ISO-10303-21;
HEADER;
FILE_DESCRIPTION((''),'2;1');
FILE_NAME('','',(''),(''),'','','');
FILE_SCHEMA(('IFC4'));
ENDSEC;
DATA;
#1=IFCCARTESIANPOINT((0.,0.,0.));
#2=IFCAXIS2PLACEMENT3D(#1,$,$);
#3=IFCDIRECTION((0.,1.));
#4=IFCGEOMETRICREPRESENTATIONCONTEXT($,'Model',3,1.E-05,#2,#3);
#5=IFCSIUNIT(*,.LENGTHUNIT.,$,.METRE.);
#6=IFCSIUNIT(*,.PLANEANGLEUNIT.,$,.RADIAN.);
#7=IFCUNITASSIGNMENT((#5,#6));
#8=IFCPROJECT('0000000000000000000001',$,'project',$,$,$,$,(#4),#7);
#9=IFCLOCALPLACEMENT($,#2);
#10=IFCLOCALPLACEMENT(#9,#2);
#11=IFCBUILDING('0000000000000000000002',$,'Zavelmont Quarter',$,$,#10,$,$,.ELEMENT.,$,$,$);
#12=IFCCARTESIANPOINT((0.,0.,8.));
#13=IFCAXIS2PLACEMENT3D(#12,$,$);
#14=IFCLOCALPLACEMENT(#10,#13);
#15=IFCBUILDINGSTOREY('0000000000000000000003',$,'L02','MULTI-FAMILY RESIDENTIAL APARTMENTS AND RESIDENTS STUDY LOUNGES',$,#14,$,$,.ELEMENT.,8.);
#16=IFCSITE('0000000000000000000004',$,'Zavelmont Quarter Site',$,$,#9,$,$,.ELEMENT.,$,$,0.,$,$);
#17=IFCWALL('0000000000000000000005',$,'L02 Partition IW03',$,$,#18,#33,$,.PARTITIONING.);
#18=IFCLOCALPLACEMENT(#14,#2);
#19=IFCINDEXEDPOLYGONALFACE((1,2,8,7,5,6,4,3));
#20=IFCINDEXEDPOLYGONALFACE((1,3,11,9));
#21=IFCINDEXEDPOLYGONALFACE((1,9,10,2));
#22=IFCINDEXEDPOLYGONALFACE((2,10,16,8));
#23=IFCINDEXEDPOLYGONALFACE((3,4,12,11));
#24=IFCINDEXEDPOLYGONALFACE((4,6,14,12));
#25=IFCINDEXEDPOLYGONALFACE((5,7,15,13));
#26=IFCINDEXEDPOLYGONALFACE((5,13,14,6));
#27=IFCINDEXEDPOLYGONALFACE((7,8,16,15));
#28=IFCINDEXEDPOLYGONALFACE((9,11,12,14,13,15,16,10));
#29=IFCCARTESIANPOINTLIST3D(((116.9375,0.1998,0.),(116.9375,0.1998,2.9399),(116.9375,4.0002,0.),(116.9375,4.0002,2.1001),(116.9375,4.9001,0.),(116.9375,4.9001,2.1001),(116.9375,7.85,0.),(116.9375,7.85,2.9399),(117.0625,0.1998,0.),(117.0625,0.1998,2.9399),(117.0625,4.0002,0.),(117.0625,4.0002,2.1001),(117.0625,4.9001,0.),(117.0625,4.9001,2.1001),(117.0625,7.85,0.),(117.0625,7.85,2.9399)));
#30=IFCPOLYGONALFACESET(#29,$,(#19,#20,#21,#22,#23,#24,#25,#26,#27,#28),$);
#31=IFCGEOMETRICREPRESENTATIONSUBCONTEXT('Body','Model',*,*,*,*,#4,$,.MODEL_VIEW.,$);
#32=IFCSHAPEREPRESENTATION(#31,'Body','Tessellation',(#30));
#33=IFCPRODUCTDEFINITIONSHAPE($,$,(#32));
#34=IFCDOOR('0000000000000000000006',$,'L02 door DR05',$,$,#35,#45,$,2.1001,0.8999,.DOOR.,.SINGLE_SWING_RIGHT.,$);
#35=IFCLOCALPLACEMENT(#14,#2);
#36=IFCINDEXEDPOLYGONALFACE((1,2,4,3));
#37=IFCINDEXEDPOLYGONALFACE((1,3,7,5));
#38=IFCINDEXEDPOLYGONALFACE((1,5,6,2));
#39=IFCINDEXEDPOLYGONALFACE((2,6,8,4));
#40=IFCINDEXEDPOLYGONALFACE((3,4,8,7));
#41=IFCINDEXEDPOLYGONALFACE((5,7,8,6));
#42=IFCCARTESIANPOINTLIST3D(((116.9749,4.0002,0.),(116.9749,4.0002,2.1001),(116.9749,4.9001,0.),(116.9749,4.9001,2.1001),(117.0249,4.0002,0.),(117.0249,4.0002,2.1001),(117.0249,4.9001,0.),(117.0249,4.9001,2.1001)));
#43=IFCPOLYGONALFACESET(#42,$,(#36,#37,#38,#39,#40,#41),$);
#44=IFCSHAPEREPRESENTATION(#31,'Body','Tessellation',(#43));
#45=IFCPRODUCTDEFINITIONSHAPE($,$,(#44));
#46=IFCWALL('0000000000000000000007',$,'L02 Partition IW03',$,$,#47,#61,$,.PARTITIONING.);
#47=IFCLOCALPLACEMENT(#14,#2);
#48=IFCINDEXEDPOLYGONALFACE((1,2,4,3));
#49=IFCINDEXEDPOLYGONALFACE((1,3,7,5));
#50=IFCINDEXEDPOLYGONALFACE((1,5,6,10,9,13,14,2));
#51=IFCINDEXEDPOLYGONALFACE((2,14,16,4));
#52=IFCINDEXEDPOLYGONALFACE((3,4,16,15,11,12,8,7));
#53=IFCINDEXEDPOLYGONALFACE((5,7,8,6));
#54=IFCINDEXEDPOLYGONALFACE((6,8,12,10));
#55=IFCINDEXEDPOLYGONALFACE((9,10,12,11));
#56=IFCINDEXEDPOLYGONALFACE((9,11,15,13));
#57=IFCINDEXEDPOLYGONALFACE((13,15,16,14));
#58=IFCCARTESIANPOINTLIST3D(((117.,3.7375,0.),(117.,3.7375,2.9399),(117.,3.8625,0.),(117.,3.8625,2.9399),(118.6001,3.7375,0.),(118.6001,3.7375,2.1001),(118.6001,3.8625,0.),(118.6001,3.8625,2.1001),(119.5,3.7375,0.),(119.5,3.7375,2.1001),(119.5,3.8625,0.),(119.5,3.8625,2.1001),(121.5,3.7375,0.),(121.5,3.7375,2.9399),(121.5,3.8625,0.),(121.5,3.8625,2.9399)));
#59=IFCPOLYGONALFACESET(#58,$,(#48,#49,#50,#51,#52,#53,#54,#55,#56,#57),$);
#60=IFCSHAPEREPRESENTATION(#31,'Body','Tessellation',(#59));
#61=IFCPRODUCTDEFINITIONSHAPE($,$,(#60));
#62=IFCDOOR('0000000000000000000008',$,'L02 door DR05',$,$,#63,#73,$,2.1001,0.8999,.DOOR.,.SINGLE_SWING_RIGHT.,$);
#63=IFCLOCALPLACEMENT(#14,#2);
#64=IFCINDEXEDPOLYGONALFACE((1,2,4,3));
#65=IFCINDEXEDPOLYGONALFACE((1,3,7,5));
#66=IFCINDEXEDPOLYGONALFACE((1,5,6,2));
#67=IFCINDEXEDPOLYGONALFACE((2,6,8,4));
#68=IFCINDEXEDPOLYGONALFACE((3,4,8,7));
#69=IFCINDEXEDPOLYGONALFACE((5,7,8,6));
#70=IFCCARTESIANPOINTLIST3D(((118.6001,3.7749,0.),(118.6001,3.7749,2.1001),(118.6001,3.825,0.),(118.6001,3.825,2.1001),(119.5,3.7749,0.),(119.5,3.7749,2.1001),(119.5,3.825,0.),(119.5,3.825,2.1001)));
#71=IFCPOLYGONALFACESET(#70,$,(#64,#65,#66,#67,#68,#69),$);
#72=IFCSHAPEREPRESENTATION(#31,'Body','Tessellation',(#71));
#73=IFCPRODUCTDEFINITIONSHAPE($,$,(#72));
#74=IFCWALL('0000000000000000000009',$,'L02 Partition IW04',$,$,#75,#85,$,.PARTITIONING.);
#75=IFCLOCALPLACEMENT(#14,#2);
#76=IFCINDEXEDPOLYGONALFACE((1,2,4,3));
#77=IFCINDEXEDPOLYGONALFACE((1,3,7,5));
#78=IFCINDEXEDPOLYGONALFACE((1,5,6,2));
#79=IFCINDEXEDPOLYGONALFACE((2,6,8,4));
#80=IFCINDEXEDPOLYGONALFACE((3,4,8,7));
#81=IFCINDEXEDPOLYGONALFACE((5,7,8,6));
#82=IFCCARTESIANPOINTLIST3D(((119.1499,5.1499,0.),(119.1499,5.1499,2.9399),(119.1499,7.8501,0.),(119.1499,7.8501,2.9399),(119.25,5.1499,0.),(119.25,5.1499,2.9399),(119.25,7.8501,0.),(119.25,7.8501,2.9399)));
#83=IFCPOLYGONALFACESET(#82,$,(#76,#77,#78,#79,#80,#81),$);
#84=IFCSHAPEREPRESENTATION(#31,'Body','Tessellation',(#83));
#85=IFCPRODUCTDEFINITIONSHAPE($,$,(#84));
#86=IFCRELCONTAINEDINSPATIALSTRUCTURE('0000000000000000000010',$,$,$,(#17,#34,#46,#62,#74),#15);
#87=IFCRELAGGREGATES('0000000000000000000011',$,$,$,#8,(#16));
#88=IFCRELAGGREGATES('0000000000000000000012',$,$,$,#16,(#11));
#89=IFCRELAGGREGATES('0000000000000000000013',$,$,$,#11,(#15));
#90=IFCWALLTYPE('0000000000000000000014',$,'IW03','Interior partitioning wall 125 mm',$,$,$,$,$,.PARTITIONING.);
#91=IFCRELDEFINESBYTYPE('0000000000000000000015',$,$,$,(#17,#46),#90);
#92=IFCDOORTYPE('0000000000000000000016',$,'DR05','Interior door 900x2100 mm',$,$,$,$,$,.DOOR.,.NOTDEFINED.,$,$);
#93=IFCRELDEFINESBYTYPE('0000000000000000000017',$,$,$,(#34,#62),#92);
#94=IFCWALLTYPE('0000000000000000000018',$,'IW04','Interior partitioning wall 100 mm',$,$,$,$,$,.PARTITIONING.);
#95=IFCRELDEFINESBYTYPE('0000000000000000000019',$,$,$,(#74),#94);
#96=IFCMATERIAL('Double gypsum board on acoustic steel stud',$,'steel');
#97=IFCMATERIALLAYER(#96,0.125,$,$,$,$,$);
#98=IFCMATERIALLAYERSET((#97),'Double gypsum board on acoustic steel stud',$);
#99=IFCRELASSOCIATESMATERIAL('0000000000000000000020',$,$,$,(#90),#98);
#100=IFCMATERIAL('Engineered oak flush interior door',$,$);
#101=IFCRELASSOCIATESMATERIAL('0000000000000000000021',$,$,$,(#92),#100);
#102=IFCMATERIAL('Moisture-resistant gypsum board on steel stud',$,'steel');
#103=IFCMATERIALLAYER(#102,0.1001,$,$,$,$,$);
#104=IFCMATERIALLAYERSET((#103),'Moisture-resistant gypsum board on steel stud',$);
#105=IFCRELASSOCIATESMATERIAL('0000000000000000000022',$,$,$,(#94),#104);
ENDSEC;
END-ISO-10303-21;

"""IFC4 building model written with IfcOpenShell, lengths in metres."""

from ifc_helpers import new_model, si_unit, direction, frame, frame_2d, origin, origin_with_axes, place, context, subcontext, project, spatial, rectangle, extrude, material, layer, layer_set, type_object, element, fill, save


model = new_model("IFC4")

# Units and contexts
model_context = context("Model", 3, precision=1e-05, world=origin(), true_north=direction((0.0, 1.0)))
body_context = subcontext(model_context, "Body", "Model", "MODEL_VIEW")
ifc_project = project(units=[si_unit("LENGTHUNIT", "METRE"), si_unit("PLANEANGLEUNIT", "RADIAN")], contexts=[model_context])

# Site, building, storey
site_placement = place(None, origin())
site = spatial("IfcSite", under=ifc_project, at=site_placement, Name="Zavelmont Quarter Site", CompositionType="ELEMENT", RefElevation=0.0)
building_placement = place(site_placement, origin())
building = spatial("IfcBuilding", under=site, at=building_placement, Name="Zavelmont Quarter", CompositionType="ELEMENT")
storey_placement = place(building_placement, frame((0.0, 0.0, 8.0)))
storey = spatial("IfcBuildingStorey", under=building, at=storey_placement, Name="L02", Description="MULTI-FAMILY RESIDENTIAL APARTMENTS AND RESIDENTS STUDY LOUNGES", CompositionType="ELEMENT", Elevation=8.0)

# Walls, openings, doors
ifc_material_1 = material(Name="Double gypsum board on acoustic steel stud", Category="steel")
ifc_layer_1 = layer(ifc_material_1, 0.125)
ifc_layer_set_1 = layer_set([ifc_layer_1], Name="Double gypsum board on acoustic steel stud")
wall_type_1 = type_object("IfcWallType", Name="IW03", Description="Interior partitioning wall 125 mm", PredefinedType="PARTITIONING", material=ifc_layer_set_1)
wall_1_placement = place(storey_placement, frame((117.0, 7.8501, 0.0), z_axis=(0.0, 0.0, 1.0), x_axis=(0.0, -1.0, 0.0)))
wall_1 = element("IfcWall", 1, at=wall_1_placement, inside=storey, type_object=wall_type_1, Name="L02 Partition IW03", PredefinedType="PARTITIONING", context=body_context, shape_type="SweptSolid", body=[
    extrude(rectangle(XDim=7.6501, YDim=0.125, at=frame_2d((3.8252, 0.0))), origin(), (0.0, 0.0, 1.0), 2.9399),
])
opening_1_placement = place(wall_1_placement, frame((2.95, 0.0, 0.0)))
opening_1 = element("IfcOpeningElement", 2, at=opening_1_placement, cuts=wall_1, PredefinedType="OPENING", context=body_context, shape_type="SweptSolid", body=[
    extrude(rectangle(XDim=0.8999, YDim=2.1001, at=frame_2d((0.45, 1.05))), frame((0.0, 0.0745, 0.0), z_axis=(0.0, -1.0, 0.0), x_axis=(1.0, 0.0, 0.0)), (0.0, 0.0, 1.0), 0.1489),
])
ifc_material_2 = material(Name="Engineered oak flush interior door")
door_type = type_object("IfcDoorType", Name="DR05", Description="Interior door 900x2100 mm", OperationType="NOTDEFINED", PredefinedType="DOOR", material=ifc_material_2)
door_1_placement = place(opening_1_placement, origin_with_axes())
door_1 = element("IfcDoor", 3, at=door_1_placement, inside=storey, type_object=door_type, Name="L02 door DR05", OperationType="SINGLE_SWING_RIGHT", OverallHeight=2.1001, OverallWidth=0.8999, PredefinedType="DOOR", context=body_context, shape_type="SweptSolid", body=[
    extrude(rectangle(XDim=0.8999, YDim=2.1001, at=frame_2d((0.45, 1.05))), frame((0.0, 0.0249, 0.0), z_axis=(0.0, -1.0, 0.0), x_axis=(1.0, 0.0, 0.0)), (0.0, 0.0, 1.0), 0.05),
])
fill(opening_1, door_1)
wall_2_placement = place(storey_placement, frame((117.0, 3.8, 0.0), z_axis=(0.0, 0.0, 1.0), x_axis=(1.0, 0.0, 0.0)))
wall_2 = element("IfcWall", 4, at=wall_2_placement, inside=storey, type_object=wall_type_1, Name="L02 Partition IW03", PredefinedType="PARTITIONING", context=body_context, shape_type="SweptSolid", body=[
    extrude(rectangle(XDim=4.5, YDim=0.125, at=frame_2d((2.25, 0.0))), origin(), (0.0, 0.0, 1.0), 2.9399),
])
opening_2_placement = place(wall_2_placement, frame((1.6001, 0.0, 0.0)))
opening_2 = element("IfcOpeningElement", 5, at=opening_2_placement, cuts=wall_2, PredefinedType="OPENING", context=body_context, shape_type="SweptSolid", body=[
    extrude(rectangle(XDim=0.8999, YDim=2.1001, at=frame_2d((0.45, 1.05))), frame((0.0, 0.0745, 0.0), z_axis=(0.0, -1.0, 0.0), x_axis=(1.0, 0.0, 0.0)), (0.0, 0.0, 1.0), 0.1489),
])
door_2_placement = place(opening_2_placement, origin_with_axes())
door_2 = element("IfcDoor", 6, at=door_2_placement, inside=storey, type_object=door_type, Name="L02 door DR05", OperationType="SINGLE_SWING_RIGHT", OverallHeight=2.1001, OverallWidth=0.8999, PredefinedType="DOOR", context=body_context, shape_type="SweptSolid", body=[
    extrude(rectangle(XDim=0.8999, YDim=2.1001, at=frame_2d((0.45, 1.05))), frame((0.0, 0.0249, 0.0), z_axis=(0.0, -1.0, 0.0), x_axis=(1.0, 0.0, 0.0)), (0.0, 0.0, 1.0), 0.05),
])
fill(opening_2, door_2)

# Wall
ifc_material_3 = material(Name="Moisture-resistant gypsum board on steel stud", Category="steel")
ifc_layer_2 = layer(ifc_material_3, 0.1001)
ifc_layer_set_2 = layer_set([ifc_layer_2], Name="Moisture-resistant gypsum board on steel stud")
wall_type_2 = type_object("IfcWallType", Name="IW04", Description="Interior partitioning wall 100 mm", PredefinedType="PARTITIONING", material=ifc_layer_set_2)
wall_3_placement = place(storey_placement, frame((119.2, 7.8501, 0.0), z_axis=(0.0, 0.0, 1.0), x_axis=(0.0, -1.0, 0.0)))
element("IfcWall", 7, at=wall_3_placement, inside=storey, type_object=wall_type_2, Name="L02 Partition IW04", PredefinedType="PARTITIONING", context=body_context, shape_type="SweptSolid", body=[
    extrude(rectangle(XDim=2.7002, YDim=0.1001, at=frame_2d((1.3501, 0.0))), origin(), (0.0, 0.0, 1.0), 2.9399),
])

save(model, "model.ifc")
